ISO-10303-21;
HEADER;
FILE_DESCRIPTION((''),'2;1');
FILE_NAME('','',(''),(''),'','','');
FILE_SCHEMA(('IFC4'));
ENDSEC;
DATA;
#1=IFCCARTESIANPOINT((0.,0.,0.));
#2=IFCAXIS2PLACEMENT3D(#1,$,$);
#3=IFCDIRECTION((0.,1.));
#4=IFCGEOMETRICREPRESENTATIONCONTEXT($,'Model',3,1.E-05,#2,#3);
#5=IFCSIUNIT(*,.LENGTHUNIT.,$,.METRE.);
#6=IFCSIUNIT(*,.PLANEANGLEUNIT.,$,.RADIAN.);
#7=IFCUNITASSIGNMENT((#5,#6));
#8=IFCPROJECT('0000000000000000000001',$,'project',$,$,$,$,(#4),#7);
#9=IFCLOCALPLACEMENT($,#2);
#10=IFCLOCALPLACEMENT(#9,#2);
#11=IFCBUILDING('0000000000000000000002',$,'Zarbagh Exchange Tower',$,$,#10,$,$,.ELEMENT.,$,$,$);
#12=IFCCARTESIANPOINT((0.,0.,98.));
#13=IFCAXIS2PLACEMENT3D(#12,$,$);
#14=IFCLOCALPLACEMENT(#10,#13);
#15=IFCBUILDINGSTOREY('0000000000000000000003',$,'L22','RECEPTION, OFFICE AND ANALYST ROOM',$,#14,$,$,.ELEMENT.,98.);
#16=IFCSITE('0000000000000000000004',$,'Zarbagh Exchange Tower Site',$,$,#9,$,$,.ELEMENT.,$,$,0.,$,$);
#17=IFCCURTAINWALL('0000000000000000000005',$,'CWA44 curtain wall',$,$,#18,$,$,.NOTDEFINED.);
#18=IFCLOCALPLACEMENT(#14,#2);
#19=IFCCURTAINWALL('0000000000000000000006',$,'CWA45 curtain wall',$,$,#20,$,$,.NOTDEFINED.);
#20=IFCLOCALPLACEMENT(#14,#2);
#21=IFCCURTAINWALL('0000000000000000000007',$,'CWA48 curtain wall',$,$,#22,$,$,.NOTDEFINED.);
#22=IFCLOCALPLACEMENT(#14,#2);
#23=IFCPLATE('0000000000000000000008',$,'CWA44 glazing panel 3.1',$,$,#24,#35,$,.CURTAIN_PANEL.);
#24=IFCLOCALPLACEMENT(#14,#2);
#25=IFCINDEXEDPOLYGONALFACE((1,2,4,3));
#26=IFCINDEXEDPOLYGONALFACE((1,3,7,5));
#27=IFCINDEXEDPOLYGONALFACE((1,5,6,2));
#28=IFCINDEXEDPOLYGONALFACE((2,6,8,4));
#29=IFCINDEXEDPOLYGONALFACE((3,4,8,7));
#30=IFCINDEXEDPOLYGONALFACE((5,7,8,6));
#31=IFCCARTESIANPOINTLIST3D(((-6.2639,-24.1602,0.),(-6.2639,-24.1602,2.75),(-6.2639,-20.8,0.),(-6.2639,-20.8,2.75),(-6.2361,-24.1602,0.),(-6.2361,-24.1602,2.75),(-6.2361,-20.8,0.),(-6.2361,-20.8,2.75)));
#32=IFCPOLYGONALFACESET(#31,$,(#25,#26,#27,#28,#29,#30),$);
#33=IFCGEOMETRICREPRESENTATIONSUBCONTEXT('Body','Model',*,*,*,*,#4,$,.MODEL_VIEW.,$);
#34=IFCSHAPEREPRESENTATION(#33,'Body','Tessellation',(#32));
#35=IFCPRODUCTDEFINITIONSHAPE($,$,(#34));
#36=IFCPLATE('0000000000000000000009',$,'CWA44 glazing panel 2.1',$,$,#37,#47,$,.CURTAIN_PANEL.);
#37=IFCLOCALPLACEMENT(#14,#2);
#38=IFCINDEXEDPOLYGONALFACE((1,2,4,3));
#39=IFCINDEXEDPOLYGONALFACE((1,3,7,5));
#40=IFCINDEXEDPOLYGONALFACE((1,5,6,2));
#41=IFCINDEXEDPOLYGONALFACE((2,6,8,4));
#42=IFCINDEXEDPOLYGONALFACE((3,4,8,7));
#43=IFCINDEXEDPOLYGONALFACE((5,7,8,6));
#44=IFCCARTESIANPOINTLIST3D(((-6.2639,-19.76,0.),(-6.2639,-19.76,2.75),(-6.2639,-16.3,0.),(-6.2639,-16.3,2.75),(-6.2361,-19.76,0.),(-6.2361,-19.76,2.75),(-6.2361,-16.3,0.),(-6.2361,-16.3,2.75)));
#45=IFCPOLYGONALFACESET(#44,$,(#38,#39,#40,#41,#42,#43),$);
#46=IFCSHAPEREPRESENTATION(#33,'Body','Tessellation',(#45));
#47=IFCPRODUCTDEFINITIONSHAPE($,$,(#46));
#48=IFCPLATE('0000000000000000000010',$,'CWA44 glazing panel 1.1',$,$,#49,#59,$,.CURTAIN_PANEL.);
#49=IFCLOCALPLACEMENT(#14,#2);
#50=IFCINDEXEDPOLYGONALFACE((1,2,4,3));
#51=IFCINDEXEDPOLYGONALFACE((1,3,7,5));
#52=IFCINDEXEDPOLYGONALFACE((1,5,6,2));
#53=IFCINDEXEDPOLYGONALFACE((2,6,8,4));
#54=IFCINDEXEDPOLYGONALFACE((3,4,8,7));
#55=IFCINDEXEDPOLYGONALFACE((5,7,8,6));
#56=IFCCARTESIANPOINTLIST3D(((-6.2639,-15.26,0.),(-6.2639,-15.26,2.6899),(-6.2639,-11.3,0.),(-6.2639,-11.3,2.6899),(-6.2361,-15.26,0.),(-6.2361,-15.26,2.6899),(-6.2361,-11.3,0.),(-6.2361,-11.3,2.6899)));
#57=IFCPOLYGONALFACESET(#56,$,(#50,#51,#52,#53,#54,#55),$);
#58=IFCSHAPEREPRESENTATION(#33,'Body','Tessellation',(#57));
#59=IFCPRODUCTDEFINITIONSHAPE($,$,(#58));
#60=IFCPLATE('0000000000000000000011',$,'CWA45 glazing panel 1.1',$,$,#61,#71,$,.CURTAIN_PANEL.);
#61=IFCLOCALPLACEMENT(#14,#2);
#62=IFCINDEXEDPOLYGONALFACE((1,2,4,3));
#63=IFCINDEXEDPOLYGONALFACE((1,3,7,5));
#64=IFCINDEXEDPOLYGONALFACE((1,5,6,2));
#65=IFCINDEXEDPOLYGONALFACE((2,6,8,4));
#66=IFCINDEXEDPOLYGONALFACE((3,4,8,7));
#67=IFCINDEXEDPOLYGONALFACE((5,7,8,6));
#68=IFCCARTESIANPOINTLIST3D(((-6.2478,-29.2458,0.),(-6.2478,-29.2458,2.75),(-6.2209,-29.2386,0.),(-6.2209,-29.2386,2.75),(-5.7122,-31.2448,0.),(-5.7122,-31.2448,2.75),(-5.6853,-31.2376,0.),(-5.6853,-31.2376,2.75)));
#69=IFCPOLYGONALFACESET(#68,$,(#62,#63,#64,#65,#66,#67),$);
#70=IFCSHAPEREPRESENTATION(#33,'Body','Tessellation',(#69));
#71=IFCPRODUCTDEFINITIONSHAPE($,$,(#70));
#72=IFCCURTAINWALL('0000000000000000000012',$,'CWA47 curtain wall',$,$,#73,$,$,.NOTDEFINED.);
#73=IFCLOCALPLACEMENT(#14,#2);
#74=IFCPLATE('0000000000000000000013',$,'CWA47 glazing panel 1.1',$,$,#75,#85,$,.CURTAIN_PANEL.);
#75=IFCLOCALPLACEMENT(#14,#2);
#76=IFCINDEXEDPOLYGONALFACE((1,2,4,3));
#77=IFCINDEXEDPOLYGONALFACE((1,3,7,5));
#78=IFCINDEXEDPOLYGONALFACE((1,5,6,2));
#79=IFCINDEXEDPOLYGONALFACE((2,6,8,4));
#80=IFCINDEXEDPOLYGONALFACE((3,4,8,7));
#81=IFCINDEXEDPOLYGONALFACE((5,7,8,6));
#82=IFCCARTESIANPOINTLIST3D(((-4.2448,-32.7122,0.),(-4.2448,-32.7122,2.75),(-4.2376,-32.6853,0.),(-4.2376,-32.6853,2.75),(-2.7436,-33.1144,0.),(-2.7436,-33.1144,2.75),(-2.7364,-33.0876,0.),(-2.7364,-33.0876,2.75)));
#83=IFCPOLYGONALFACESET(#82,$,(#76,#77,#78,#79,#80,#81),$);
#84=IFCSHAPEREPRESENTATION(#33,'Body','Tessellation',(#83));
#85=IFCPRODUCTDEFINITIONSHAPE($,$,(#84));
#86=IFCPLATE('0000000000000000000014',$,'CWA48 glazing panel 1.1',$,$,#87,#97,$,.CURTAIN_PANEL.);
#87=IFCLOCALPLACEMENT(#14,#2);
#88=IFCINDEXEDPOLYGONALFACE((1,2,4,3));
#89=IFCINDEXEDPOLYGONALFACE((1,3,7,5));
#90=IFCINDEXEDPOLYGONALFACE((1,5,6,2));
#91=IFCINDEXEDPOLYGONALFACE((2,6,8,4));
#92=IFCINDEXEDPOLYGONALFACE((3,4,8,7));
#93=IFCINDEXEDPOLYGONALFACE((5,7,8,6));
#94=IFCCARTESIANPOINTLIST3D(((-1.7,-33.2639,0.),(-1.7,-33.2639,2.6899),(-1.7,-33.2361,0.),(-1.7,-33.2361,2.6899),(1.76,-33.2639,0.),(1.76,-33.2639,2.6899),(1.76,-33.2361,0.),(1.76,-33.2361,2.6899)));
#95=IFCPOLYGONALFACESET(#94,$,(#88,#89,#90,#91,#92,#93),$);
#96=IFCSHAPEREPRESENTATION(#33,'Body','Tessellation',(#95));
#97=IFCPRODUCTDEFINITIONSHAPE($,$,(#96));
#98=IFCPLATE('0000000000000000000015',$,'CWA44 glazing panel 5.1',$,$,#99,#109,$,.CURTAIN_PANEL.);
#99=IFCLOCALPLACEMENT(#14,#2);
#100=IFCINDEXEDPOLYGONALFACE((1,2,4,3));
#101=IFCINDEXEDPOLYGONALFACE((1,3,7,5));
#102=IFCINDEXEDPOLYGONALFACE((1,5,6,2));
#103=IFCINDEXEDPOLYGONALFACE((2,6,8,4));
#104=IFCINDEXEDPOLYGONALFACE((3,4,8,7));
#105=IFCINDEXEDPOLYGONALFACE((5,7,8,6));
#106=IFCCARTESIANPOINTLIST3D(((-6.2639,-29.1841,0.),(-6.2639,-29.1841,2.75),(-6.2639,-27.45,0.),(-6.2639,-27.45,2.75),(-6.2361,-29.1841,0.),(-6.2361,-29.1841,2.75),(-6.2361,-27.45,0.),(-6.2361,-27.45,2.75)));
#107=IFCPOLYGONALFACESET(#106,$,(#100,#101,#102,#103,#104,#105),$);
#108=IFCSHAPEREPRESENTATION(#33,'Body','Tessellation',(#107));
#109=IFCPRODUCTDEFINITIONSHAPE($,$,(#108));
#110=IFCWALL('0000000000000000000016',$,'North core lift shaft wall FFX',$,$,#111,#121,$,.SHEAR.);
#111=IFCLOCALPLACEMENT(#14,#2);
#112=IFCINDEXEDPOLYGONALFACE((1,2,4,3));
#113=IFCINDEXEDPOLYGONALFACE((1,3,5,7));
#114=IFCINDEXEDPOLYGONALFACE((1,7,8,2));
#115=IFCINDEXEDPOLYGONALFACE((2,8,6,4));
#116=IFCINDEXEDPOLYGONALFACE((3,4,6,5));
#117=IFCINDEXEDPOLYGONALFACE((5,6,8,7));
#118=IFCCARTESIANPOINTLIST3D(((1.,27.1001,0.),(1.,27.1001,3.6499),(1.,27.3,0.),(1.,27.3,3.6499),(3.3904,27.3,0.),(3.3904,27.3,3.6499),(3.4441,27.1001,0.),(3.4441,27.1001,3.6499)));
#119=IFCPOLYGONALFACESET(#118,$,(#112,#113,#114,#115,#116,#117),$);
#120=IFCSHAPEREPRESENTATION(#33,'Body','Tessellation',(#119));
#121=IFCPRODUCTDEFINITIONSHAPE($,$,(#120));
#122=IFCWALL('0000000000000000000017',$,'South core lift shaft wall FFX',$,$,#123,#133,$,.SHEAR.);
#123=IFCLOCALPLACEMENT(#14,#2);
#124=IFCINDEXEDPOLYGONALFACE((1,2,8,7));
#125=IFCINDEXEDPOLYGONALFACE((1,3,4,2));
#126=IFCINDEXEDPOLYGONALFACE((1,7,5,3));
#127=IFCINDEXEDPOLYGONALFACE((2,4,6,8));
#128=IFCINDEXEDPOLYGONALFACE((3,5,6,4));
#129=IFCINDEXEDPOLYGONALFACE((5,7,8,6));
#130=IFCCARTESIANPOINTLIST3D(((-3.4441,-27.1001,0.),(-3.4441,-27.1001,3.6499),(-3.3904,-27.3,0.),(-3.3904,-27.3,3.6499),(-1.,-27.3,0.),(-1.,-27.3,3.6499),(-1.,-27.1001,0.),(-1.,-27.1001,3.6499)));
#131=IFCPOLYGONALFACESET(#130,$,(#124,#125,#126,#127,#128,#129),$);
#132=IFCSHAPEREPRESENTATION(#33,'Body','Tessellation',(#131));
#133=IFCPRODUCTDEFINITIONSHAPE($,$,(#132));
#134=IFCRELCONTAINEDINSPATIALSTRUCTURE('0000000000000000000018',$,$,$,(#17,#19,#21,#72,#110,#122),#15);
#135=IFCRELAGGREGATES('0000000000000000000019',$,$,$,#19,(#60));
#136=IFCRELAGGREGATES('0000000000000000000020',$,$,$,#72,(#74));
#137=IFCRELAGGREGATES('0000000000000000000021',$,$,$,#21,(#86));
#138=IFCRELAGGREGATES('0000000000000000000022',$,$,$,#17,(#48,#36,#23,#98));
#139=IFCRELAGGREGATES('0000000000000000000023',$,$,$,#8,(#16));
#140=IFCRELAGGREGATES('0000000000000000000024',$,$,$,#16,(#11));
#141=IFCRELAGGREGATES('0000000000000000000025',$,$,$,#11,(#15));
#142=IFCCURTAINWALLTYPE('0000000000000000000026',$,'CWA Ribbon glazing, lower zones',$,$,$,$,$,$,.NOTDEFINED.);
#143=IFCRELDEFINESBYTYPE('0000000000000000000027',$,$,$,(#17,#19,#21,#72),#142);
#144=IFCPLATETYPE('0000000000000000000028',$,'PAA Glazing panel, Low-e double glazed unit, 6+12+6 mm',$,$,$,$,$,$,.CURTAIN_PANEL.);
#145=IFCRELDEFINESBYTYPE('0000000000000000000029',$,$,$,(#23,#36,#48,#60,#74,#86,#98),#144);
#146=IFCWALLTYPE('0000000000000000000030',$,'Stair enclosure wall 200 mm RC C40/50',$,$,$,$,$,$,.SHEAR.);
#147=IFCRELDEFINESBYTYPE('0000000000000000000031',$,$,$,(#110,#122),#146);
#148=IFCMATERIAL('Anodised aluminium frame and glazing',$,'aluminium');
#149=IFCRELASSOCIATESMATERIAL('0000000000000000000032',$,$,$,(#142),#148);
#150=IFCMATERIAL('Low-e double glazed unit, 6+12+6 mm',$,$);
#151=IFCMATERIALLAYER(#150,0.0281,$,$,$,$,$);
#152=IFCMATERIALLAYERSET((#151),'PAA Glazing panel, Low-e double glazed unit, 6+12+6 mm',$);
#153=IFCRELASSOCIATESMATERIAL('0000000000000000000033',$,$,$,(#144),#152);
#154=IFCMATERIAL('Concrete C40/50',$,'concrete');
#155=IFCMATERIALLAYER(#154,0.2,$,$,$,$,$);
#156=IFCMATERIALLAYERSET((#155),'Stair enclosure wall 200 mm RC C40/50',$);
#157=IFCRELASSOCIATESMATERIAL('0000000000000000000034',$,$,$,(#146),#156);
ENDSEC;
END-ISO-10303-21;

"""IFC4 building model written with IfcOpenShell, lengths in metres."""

from ifc_helpers import new_model, si_unit, direction, frame, origin, place, context, subcontext, project, spatial, polyline, outline, extrude, source, transform, mapped, material, layer, layer_set, type_object, element, aggregate, save


model = new_model("IFC4")

# Units and contexts
model_context = context("Model", 3, precision=1e-05, world=origin(), true_north=direction((0.0, 1.0)))
body_context = subcontext(model_context, "Body", "Model", "MODEL_VIEW")
ifc_project = project(units=[si_unit("LENGTHUNIT", "METRE"), si_unit("PLANEANGLEUNIT", "RADIAN")], contexts=[model_context])

# Site, building, storey
site_placement = place(None, origin())
site = spatial("IfcSite", under=ifc_project, at=site_placement, Name="Zarbagh Exchange Tower Site", CompositionType="ELEMENT", RefElevation=0.0)
building_placement = place(site_placement, origin())
building = spatial("IfcBuilding", under=site, at=building_placement, Name="Zarbagh Exchange Tower", CompositionType="ELEMENT")
storey_placement = place(building_placement, frame((0.0, 0.0, 98.0)))
storey = spatial("IfcBuildingStorey", under=building, at=storey_placement, Name="L22", Description="RECEPTION, OFFICE AND ANALYST ROOM", CompositionType="ELEMENT", Elevation=98.0)

# Curtain wall
ifc_material_1 = material(Name="Anodised aluminium frame and glazing", Category="aluminium")
curtain_wall_type = type_object("IfcCurtainWallType", Name="CWA Ribbon glazing, lower zones", PredefinedType="NOTDEFINED", material=ifc_material_1)
curtain_wall_1_placement = place(storey_placement, origin())
curtain_wall_1 = element("IfcCurtainWall", 1, at=curtain_wall_1_placement, inside=storey, type_object=curtain_wall_type, Name="CWA44 curtain wall", PredefinedType="NOTDEFINED")
placement = place(storey_placement, origin())

# Curtain walls
curtain_wall_2_placement = place(storey_placement, origin())
curtain_wall_2 = element("IfcCurtainWall", 2, at=curtain_wall_2_placement, inside=storey, type_object=curtain_wall_type, Name="CWA45 curtain wall", PredefinedType="NOTDEFINED")
curtain_wall_3_placement = place(storey_placement, origin())
curtain_wall_3 = element("IfcCurtainWall", 3, at=curtain_wall_3_placement, inside=storey, type_object=curtain_wall_type, Name="CWA48 curtain wall", PredefinedType="NOTDEFINED")

# Shared definitions
ifc_material_2 = material(Name="Concrete C40/50", Category="concrete")

# Shared definitions
ifc_material_3 = material(Name="Low-e double glazed unit, 6+12+6 mm")
ifc_layer_1 = layer(ifc_material_3, 0.0281)
ifc_layer_set_1 = layer_set([ifc_layer_1], Name="PAA Glazing panel, Low-e double glazed unit, 6+12+6 mm")
plate_type = type_object("IfcPlateType", Name="PAA Glazing panel, Low-e double glazed unit, 6+12+6 mm", PredefinedType="CURTAIN_PANEL", material=ifc_layer_set_1)

# Plates
shared_shape_1 = source(origin(), body_context, "Body", "SweptSolid", [
    extrude(outline(polyline([(0.0, -0.0139), (3.3601, -0.0139), (3.3601, 0.0139), (0.0, 0.0139), (0.0, -0.0139)])), origin(), (0.0, 0.0, 1.0), 2.75),
])
plate_1 = element("IfcPlate", 4, at=placement, type_object=plate_type, Name="CWA44 glazing panel 3.1", PredefinedType="CURTAIN_PANEL", context=body_context, shape_type="MappedRepresentation", body=[
    mapped(shared_shape_1, transform((-6.25, -20.8, 0.0), x_axis=(0.0, -1.0, 0.0), y_axis=(1.0, 0.0, 0.0), z_axis=(0.0, 0.0, 1.0))),
])
shared_shape_2 = source(origin(), body_context, "Body", "SweptSolid", [
    extrude(outline(polyline([(0.0, -0.0139), (3.46, -0.0139), (3.46, 0.0139), (0.0, 0.0139), (0.0, -0.0139)])), origin(), (0.0, 0.0, 1.0), 2.75),
])
plate_2 = element("IfcPlate", 5, at=placement, type_object=plate_type, Name="CWA44 glazing panel 2.1", PredefinedType="CURTAIN_PANEL", context=body_context, shape_type="MappedRepresentation", body=[
    mapped(shared_shape_2, transform((-6.25, -16.3, 0.0), x_axis=(0.0, -1.0, 0.0), y_axis=(1.0, 0.0, 0.0), z_axis=(0.0, 0.0, 1.0))),
])
shared_shape_3 = source(origin(), body_context, "Body", "SweptSolid", [
    extrude(outline(polyline([(0.0, -0.0139), (3.96, -0.0139), (3.96, 0.0139), (0.0, 0.0139), (0.0, -0.0139)])), origin(), (0.0, 0.0, 1.0), 2.6899),
])
plate_3 = element("IfcPlate", 6, at=placement, type_object=plate_type, Name="CWA44 glazing panel 1.1", PredefinedType="CURTAIN_PANEL", context=body_context, shape_type="MappedRepresentation", body=[
    mapped(shared_shape_3, transform((-6.25, -11.3, 0.0), x_axis=(0.0, -1.0, 0.0), y_axis=(1.0, 0.0, 0.0), z_axis=(0.0, 0.0, 1.0))),
])
shared_shape_4 = source(origin(), body_context, "Body", "SweptSolid", [
    extrude(outline(polyline([(0.0, -0.0139), (2.0696, -0.0139), (2.0696, 0.0139), (0.0, 0.0139), (0.0, -0.0139)])), origin(), (0.0, 0.0, 1.0), 2.75),
])
plate_4 = element("IfcPlate", 7, at=placement, type_object=plate_type, Name="CWA45 glazing panel 1.1", PredefinedType="CURTAIN_PANEL", context=body_context, shape_type="MappedRepresentation", body=[
    mapped(shared_shape_4, transform((-6.2344, -29.2422, 0.0), x_axis=(0.258825, -0.965924, 0.0), y_axis=(0.965924, 0.258825, 0.0), z_axis=(0.0, 0.0, 1.0))),
])
aggregate(curtain_wall_2, [plate_4])

# Curtain wall, plate
curtain_wall_4_placement = place(storey_placement, origin())
curtain_wall_4 = element("IfcCurtainWall", 8, at=curtain_wall_4_placement, inside=storey, type_object=curtain_wall_type, Name="CWA47 curtain wall", PredefinedType="NOTDEFINED")
shared_shape_5 = source(origin(), body_context, "Body", "SweptSolid", [
    extrude(outline(polyline([(0.0, -0.0139), (1.5542, -0.0139), (1.5542, 0.0139), (0.0, 0.0139), (0.0, -0.0139)])), origin(), (0.0, 0.0, 1.0), 2.75),
])
plate_5 = element("IfcPlate", 9, at=placement, type_object=plate_type, Name="CWA47 glazing panel 1.1", PredefinedType="CURTAIN_PANEL", context=body_context, shape_type="MappedRepresentation", body=[
    mapped(shared_shape_5, transform((-4.2412, -32.6987, 0.0), x_axis=(0.965924, -0.258825, 0.0), y_axis=(0.258825, 0.965924, 0.0), z_axis=(0.0, 0.0, 1.0))),
])
aggregate(curtain_wall_4, [plate_5])

# Plates
shared_shape_6 = source(origin(), body_context, "Body", "SweptSolid", [
    extrude(outline(polyline([(0.0, -0.0139), (3.46, -0.0139), (3.46, 0.0139), (0.0, 0.0139), (0.0, -0.0139)])), origin(), (0.0, 0.0, 1.0), 2.6899),
])
plate_6 = element("IfcPlate", 10, at=placement, type_object=plate_type, Name="CWA48 glazing panel 1.1", PredefinedType="CURTAIN_PANEL", context=body_context, shape_type="MappedRepresentation", body=[
    mapped(shared_shape_6, transform((-1.7, -33.25, 0.0), x_axis=(1.0, 0.0, 0.0), y_axis=(0.0, 1.0, 0.0), z_axis=(0.0, 0.0, 1.0))),
])
aggregate(curtain_wall_3, [plate_6])
shared_shape_7 = source(origin(), body_context, "Body", "SweptSolid", [
    extrude(outline(polyline([(0.0, -0.0139), (1.7341, -0.0139), (1.7341, 0.0139), (0.0, 0.0139), (0.0, -0.0139)])), origin(), (0.0, 0.0, 1.0), 2.75),
])
plate_7 = element("IfcPlate", 11, at=placement, type_object=plate_type, Name="CWA44 glazing panel 5.1", PredefinedType="CURTAIN_PANEL", context=body_context, shape_type="MappedRepresentation", body=[
    mapped(shared_shape_7, transform((-6.25, -27.45, 0.0), x_axis=(0.0, -1.0, 0.0), y_axis=(1.0, 0.0, 0.0), z_axis=(0.0, 0.0, 1.0))),
])
aggregate(curtain_wall_1, [plate_3, plate_2, plate_1, plate_7])

# Walls
ifc_layer_2 = layer(ifc_material_2, 0.2)
ifc_layer_set_2 = layer_set([ifc_layer_2], Name="Stair enclosure wall 200 mm RC C40/50")
wall_type = type_object("IfcWallType", Name="Stair enclosure wall 200 mm RC C40/50", PredefinedType="SHEAR", material=ifc_layer_set_2)
wall_1_placement = place(storey_placement, origin())
element("IfcWall", 12, at=wall_1_placement, inside=storey, type_object=wall_type, Name="North core lift shaft wall FFX", PredefinedType="SHEAR", context=body_context, shape_type="SweptSolid", body=[
    extrude(outline(polyline([(1.0, 27.1001), (3.4441, 27.1001), (3.3904, 27.3), (1.0, 27.3), (1.0, 27.1001)])), origin(), (0.0, 0.0, 1.0), 3.6499),
])
wall_2_placement = place(storey_placement, origin())
element("IfcWall", 13, at=wall_2_placement, inside=storey, type_object=wall_type, Name="South core lift shaft wall FFX", PredefinedType="SHEAR", context=body_context, shape_type="SweptSolid", body=[
    extrude(outline(polyline([(-1.0, -27.1001), (-3.4441, -27.1001), (-3.3904, -27.3), (-1.0, -27.3), (-1.0, -27.1001)])), origin(), (0.0, 0.0, 1.0), 3.6499),
])

save(model, "model.ifc")
